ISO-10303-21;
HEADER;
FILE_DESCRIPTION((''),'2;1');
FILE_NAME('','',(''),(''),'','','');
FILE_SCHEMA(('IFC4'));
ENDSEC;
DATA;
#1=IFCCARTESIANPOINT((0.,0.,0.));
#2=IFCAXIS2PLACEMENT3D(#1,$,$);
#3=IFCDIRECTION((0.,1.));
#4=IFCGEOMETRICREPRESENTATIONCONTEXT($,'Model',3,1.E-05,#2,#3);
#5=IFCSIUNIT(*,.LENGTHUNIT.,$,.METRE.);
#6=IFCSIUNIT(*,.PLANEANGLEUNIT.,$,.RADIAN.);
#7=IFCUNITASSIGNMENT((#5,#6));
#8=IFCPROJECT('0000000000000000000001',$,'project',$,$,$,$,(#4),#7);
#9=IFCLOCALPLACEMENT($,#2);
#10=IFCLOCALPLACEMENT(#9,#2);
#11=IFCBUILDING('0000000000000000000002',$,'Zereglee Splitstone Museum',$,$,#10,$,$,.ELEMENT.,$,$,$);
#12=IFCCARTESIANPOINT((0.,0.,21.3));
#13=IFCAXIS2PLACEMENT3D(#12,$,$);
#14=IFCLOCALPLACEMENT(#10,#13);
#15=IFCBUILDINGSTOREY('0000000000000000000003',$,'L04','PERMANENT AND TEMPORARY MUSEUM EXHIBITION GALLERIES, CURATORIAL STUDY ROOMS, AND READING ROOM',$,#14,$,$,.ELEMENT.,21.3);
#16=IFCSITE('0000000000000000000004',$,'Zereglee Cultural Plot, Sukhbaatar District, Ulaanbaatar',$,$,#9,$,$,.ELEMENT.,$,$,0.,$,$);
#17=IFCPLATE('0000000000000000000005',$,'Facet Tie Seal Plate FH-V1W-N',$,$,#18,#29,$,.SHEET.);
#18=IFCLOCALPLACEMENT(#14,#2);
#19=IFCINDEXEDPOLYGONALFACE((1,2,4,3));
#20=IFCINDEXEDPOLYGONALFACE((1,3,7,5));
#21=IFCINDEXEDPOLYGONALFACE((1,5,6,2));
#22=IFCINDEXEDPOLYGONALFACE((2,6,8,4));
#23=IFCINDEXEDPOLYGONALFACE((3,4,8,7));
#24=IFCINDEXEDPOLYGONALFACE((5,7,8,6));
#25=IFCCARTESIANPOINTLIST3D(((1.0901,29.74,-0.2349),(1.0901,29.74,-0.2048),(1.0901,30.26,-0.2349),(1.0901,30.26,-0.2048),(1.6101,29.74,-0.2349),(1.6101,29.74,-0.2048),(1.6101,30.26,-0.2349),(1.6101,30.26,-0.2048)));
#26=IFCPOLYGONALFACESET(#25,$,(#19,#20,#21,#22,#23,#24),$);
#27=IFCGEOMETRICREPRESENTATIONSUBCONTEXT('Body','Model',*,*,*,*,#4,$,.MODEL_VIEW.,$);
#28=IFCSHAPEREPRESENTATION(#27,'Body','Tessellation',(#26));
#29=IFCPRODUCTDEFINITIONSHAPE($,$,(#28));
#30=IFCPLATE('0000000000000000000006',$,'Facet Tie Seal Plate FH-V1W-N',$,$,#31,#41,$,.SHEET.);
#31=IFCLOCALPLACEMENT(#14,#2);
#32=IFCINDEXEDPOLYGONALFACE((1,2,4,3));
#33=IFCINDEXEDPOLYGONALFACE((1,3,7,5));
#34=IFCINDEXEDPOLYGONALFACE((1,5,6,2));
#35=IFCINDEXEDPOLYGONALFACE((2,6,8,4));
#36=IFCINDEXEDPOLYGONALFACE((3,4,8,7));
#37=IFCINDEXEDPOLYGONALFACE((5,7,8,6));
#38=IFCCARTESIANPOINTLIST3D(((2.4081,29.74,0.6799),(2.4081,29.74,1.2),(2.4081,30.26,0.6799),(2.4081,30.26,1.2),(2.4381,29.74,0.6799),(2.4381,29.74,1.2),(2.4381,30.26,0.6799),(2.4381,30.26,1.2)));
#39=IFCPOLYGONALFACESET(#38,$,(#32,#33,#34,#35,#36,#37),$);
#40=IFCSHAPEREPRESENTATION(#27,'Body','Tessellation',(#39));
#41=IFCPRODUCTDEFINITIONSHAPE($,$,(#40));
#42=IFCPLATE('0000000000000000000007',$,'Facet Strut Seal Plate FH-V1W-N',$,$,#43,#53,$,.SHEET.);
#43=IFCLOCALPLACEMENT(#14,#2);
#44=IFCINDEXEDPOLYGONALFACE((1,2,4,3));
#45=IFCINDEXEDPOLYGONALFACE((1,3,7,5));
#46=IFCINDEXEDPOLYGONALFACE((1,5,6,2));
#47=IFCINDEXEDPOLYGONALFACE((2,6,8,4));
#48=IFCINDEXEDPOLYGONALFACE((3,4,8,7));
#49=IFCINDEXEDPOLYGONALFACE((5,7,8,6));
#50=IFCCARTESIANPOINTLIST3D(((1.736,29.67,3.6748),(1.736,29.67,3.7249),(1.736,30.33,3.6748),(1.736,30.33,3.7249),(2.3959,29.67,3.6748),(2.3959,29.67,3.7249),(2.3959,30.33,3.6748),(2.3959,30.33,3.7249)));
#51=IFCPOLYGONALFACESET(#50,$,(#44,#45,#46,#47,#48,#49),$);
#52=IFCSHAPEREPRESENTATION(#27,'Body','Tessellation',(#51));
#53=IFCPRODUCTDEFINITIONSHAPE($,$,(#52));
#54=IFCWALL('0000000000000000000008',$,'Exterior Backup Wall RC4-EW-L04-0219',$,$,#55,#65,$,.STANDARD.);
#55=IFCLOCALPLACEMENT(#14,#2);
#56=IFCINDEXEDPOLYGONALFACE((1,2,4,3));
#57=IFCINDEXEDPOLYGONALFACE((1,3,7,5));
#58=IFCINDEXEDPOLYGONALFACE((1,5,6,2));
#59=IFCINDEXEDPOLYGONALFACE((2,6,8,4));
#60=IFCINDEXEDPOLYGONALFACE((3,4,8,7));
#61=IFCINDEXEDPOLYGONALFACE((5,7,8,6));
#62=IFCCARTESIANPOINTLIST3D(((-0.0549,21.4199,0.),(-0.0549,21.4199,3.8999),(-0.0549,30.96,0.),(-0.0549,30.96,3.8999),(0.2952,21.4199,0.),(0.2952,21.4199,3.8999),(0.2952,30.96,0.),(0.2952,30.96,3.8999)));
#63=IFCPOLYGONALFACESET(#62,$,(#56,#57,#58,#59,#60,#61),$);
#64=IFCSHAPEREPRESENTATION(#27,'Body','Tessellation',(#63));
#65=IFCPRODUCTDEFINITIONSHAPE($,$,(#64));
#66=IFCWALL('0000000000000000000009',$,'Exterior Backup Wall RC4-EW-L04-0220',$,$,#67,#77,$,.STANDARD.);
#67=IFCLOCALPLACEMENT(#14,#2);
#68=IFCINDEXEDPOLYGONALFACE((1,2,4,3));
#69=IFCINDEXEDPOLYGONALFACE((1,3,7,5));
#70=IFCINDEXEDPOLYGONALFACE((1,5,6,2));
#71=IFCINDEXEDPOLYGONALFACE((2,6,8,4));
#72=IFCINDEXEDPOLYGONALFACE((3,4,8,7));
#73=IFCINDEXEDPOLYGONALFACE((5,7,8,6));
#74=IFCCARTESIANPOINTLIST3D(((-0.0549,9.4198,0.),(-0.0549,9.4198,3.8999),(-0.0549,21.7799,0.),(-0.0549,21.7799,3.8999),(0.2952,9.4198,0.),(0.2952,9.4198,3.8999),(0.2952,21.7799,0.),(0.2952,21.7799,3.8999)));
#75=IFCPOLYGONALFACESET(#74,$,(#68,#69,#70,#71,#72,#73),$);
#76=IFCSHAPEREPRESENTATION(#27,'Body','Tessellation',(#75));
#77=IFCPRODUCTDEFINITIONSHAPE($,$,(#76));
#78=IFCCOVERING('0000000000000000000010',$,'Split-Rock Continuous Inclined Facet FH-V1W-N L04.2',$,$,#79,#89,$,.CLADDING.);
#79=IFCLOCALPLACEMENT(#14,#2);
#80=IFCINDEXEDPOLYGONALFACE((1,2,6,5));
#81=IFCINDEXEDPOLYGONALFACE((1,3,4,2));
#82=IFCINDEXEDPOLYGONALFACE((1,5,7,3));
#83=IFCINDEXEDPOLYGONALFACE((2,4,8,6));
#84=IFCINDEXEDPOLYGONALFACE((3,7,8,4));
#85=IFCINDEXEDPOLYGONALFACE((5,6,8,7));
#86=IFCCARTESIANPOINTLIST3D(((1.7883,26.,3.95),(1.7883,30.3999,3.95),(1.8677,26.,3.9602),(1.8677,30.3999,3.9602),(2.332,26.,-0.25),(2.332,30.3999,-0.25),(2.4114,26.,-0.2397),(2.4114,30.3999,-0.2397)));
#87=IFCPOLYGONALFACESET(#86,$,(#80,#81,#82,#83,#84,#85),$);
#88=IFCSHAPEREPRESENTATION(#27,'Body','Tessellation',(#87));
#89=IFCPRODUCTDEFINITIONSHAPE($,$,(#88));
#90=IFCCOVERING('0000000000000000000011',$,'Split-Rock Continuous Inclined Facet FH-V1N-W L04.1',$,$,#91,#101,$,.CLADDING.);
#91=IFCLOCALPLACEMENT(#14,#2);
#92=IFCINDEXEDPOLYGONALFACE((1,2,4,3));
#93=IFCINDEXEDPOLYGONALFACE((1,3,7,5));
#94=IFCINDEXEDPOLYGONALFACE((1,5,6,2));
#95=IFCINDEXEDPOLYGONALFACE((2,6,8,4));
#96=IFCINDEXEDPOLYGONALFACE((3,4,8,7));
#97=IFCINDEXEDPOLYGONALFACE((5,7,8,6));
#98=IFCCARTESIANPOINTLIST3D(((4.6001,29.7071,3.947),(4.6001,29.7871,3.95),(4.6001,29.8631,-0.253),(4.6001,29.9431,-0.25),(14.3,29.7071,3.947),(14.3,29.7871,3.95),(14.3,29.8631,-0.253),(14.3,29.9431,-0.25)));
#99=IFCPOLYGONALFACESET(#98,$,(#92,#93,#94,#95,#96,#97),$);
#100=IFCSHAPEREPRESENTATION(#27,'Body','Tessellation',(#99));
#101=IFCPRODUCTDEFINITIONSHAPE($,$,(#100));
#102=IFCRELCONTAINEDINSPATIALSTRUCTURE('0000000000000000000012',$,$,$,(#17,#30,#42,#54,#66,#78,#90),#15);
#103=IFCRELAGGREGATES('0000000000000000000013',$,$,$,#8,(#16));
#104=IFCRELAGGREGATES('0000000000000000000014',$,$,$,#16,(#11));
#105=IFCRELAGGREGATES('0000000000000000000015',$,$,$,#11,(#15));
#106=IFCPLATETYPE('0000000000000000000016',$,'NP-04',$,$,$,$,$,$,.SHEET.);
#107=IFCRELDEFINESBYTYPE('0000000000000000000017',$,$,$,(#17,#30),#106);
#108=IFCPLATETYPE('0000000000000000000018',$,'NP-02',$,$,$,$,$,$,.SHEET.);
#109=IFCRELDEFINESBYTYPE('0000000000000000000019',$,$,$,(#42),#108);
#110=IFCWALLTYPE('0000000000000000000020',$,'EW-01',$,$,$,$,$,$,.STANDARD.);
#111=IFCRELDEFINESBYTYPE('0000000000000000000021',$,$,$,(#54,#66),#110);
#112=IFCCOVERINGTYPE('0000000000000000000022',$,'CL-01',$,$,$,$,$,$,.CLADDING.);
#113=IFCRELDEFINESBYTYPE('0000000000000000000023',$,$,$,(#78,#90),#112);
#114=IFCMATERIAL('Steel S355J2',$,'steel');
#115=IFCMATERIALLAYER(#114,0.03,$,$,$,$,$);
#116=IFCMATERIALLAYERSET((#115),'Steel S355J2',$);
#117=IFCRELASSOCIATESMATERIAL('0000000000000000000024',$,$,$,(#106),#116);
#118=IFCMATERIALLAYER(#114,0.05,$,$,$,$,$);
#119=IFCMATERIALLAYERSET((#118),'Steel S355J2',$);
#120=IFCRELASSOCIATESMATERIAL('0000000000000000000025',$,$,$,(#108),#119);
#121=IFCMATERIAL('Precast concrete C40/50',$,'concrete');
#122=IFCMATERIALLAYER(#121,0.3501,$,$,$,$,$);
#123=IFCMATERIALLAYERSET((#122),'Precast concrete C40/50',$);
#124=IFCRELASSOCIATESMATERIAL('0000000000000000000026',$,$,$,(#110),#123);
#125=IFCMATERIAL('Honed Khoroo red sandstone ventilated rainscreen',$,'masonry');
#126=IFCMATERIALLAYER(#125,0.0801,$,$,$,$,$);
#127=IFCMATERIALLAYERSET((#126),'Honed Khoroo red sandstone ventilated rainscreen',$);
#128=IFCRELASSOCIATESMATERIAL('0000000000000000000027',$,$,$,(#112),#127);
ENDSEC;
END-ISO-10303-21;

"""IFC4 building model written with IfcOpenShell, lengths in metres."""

from ifc_helpers import new_model, si_unit, direction, frame, frame_2d, origin, origin_2d, place, context, subcontext, project, spatial, polyline, rectangle, outline, extrude, material, layer, layer_set, type_object, element, save


model = new_model("IFC4")

# Units and contexts
model_context = context("Model", 3, precision=1e-05, world=origin(), true_north=direction((0.0, 1.0)))
body_context = subcontext(model_context, "Body", "Model", "MODEL_VIEW")
ifc_project = project(units=[si_unit("LENGTHUNIT", "METRE"), si_unit("PLANEANGLEUNIT", "RADIAN")], contexts=[model_context])

# Site, building, storey
site_placement = place(None, origin())
site = spatial("IfcSite", under=ifc_project, at=site_placement, Name="Zereglee Cultural Plot, Sukhbaatar District, Ulaanbaatar", CompositionType="ELEMENT", RefElevation=0.0)
building_placement = place(site_placement, origin())
building = spatial("IfcBuilding", under=site, at=building_placement, Name="Zereglee Splitstone Museum", CompositionType="ELEMENT")
storey_placement = place(building_placement, frame((0.0, 0.0, 21.3)))
storey = spatial("IfcBuildingStorey", under=building, at=storey_placement, Name="L04", Description="PERMANENT AND TEMPORARY MUSEUM EXHIBITION GALLERIES, CURATORIAL STUDY ROOMS, AND READING ROOM", CompositionType="ELEMENT", Elevation=21.3)

# Shared definitions
ifc_material_1 = material(Name="Steel S355J2", Category="steel")

# Plates
ifc_layer_1 = layer(ifc_material_1, 0.03)
ifc_layer_set_1 = layer_set([ifc_layer_1], Name="Steel S355J2")
plate_type_1 = type_object("IfcPlateType", Name="NP-04", PredefinedType="SHEET", material=ifc_layer_set_1)
plate_1_placement = place(storey_placement, frame((1.3501, 30.0, -0.2349), z_axis=(0.0, 0.0, 1.0), x_axis=(1.0, 0.0, 0.0)))
element("IfcPlate", 1, at=plate_1_placement, inside=storey, type_object=plate_type_1, Name="Facet Tie Seal Plate FH-V1W-N", PredefinedType="SHEET", context=body_context, shape_type="SweptSolid", body=[
    extrude(rectangle(XDim=0.52, YDim=0.52, at=origin_2d()), origin(), (0.0, 0.0, 1.0), 0.03),
])
plate_2_placement = place(storey_placement, frame((2.4231, 30.0, 0.6799), z_axis=(0.0, 0.0, 1.0), x_axis=(1.0, 0.0, 0.0)))
element("IfcPlate", 2, at=plate_2_placement, inside=storey, type_object=plate_type_1, Name="Facet Tie Seal Plate FH-V1W-N", PredefinedType="SHEET", context=body_context, shape_type="SweptSolid", body=[
    extrude(rectangle(XDim=0.03, YDim=0.52, at=origin_2d()), origin(), (0.0, 0.0, 1.0), 0.52),
])
ifc_layer_2 = layer(ifc_material_1, 0.05)
ifc_layer_set_2 = layer_set([ifc_layer_2], Name="Steel S355J2")
plate_type_2 = type_object("IfcPlateType", Name="NP-02", PredefinedType="SHEET", material=ifc_layer_set_2)
plate_3_placement = place(storey_placement, frame((2.0659, 30.0, 3.6748), z_axis=(0.0, 0.0, 1.0), x_axis=(1.0, 0.0, 0.0)))
element("IfcPlate", 3, at=plate_3_placement, inside=storey, type_object=plate_type_2, Name="Facet Strut Seal Plate FH-V1W-N", PredefinedType="SHEET", context=body_context, shape_type="SweptSolid", body=[
    extrude(rectangle(XDim=0.6599, YDim=0.6599, at=origin_2d()), origin(), (0.0, 0.0, 1.0), 0.05),
])

# Walls
ifc_material_2 = material(Name="Precast concrete C40/50", Category="concrete")
ifc_layer_3 = layer(ifc_material_2, 0.3501)
ifc_layer_set_3 = layer_set([ifc_layer_3], Name="Precast concrete C40/50")
wall_type = type_object("IfcWallType", Name="EW-01", PredefinedType="STANDARD", material=ifc_layer_set_3)
wall_1_placement = place(storey_placement, frame((0.1201, 30.96, 0.0), z_axis=(0.0, 0.0, 1.0), x_axis=(0.0, -1.0, 0.0)))
element("IfcWall", 4, at=wall_1_placement, inside=storey, type_object=wall_type, Name="Exterior Backup Wall RC4-EW-L04-0219", PredefinedType="STANDARD", context=body_context, shape_type="SweptSolid", body=[
    extrude(rectangle(XDim=9.54, YDim=0.3501, at=frame_2d((4.77, 0.0))), origin(), (0.0, 0.0, 1.0), 3.8999),
])
wall_2_placement = place(storey_placement, frame((0.1201, 21.78, 0.0), z_axis=(0.0, 0.0, 1.0), x_axis=(0.0, -1.0, 0.0)))
element("IfcWall", 5, at=wall_2_placement, inside=storey, type_object=wall_type, Name="Exterior Backup Wall RC4-EW-L04-0220", PredefinedType="STANDARD", context=body_context, shape_type="SweptSolid", body=[
    extrude(rectangle(XDim=12.3601, YDim=0.3501, at=frame_2d((6.1802, 0.0))), origin(), (0.0, 0.0, 1.0), 3.8999),
])

# Coverings
ifc_material_3 = material(Name="Honed Khoroo red sandstone ventilated rainscreen", Category="masonry")
ifc_layer_4 = layer(ifc_material_3, 0.0801)
ifc_layer_set_4 = layer_set([ifc_layer_4], Name="Honed Khoroo red sandstone ventilated rainscreen")
covering_type = type_object("IfcCoveringType", Name="CL-01", PredefinedType="CLADDING", material=ifc_layer_set_4)
covering_1_placement = place(storey_placement, frame((1.7883, 26.0, 3.95), z_axis=(-0.991725, 0.0, -0.128383), x_axis=(0.0, 1.0, 0.0)))
element("IfcCovering", 6, at=covering_1_placement, inside=storey, type_object=covering_type, Name="Split-Rock Continuous Inclined Facet FH-V1W-N L04.2", PredefinedType="CLADDING", context=body_context, shape_type="SweptSolid", body=[
    extrude(outline(polyline([(0.0, 0.0), (4.3999, 0.0), (4.3999, 4.235), (0.0, 4.235), (0.0, 0.0)])), origin(), (0.0, 0.0, -1.0), 0.0801),
])
covering_2_placement = place(storey_placement, frame((4.6001, 29.7871, 3.95), z_axis=(0.0, 0.999311, 0.037119), x_axis=(1.0, 0.0, 0.0)))
element("IfcCovering", 7, at=covering_2_placement, inside=storey, type_object=covering_type, Name="Split-Rock Continuous Inclined Facet FH-V1N-W L04.1", PredefinedType="CLADDING", context=body_context, shape_type="SweptSolid", body=[
    extrude(outline(polyline([(0.0, 0.0), (9.7, 0.0), (9.7, 4.2028), (0.0, 4.2028), (0.0, 0.0)])), origin(), (0.0, 0.0, -1.0), 0.0801),
])

save(model, "model.ifc")
